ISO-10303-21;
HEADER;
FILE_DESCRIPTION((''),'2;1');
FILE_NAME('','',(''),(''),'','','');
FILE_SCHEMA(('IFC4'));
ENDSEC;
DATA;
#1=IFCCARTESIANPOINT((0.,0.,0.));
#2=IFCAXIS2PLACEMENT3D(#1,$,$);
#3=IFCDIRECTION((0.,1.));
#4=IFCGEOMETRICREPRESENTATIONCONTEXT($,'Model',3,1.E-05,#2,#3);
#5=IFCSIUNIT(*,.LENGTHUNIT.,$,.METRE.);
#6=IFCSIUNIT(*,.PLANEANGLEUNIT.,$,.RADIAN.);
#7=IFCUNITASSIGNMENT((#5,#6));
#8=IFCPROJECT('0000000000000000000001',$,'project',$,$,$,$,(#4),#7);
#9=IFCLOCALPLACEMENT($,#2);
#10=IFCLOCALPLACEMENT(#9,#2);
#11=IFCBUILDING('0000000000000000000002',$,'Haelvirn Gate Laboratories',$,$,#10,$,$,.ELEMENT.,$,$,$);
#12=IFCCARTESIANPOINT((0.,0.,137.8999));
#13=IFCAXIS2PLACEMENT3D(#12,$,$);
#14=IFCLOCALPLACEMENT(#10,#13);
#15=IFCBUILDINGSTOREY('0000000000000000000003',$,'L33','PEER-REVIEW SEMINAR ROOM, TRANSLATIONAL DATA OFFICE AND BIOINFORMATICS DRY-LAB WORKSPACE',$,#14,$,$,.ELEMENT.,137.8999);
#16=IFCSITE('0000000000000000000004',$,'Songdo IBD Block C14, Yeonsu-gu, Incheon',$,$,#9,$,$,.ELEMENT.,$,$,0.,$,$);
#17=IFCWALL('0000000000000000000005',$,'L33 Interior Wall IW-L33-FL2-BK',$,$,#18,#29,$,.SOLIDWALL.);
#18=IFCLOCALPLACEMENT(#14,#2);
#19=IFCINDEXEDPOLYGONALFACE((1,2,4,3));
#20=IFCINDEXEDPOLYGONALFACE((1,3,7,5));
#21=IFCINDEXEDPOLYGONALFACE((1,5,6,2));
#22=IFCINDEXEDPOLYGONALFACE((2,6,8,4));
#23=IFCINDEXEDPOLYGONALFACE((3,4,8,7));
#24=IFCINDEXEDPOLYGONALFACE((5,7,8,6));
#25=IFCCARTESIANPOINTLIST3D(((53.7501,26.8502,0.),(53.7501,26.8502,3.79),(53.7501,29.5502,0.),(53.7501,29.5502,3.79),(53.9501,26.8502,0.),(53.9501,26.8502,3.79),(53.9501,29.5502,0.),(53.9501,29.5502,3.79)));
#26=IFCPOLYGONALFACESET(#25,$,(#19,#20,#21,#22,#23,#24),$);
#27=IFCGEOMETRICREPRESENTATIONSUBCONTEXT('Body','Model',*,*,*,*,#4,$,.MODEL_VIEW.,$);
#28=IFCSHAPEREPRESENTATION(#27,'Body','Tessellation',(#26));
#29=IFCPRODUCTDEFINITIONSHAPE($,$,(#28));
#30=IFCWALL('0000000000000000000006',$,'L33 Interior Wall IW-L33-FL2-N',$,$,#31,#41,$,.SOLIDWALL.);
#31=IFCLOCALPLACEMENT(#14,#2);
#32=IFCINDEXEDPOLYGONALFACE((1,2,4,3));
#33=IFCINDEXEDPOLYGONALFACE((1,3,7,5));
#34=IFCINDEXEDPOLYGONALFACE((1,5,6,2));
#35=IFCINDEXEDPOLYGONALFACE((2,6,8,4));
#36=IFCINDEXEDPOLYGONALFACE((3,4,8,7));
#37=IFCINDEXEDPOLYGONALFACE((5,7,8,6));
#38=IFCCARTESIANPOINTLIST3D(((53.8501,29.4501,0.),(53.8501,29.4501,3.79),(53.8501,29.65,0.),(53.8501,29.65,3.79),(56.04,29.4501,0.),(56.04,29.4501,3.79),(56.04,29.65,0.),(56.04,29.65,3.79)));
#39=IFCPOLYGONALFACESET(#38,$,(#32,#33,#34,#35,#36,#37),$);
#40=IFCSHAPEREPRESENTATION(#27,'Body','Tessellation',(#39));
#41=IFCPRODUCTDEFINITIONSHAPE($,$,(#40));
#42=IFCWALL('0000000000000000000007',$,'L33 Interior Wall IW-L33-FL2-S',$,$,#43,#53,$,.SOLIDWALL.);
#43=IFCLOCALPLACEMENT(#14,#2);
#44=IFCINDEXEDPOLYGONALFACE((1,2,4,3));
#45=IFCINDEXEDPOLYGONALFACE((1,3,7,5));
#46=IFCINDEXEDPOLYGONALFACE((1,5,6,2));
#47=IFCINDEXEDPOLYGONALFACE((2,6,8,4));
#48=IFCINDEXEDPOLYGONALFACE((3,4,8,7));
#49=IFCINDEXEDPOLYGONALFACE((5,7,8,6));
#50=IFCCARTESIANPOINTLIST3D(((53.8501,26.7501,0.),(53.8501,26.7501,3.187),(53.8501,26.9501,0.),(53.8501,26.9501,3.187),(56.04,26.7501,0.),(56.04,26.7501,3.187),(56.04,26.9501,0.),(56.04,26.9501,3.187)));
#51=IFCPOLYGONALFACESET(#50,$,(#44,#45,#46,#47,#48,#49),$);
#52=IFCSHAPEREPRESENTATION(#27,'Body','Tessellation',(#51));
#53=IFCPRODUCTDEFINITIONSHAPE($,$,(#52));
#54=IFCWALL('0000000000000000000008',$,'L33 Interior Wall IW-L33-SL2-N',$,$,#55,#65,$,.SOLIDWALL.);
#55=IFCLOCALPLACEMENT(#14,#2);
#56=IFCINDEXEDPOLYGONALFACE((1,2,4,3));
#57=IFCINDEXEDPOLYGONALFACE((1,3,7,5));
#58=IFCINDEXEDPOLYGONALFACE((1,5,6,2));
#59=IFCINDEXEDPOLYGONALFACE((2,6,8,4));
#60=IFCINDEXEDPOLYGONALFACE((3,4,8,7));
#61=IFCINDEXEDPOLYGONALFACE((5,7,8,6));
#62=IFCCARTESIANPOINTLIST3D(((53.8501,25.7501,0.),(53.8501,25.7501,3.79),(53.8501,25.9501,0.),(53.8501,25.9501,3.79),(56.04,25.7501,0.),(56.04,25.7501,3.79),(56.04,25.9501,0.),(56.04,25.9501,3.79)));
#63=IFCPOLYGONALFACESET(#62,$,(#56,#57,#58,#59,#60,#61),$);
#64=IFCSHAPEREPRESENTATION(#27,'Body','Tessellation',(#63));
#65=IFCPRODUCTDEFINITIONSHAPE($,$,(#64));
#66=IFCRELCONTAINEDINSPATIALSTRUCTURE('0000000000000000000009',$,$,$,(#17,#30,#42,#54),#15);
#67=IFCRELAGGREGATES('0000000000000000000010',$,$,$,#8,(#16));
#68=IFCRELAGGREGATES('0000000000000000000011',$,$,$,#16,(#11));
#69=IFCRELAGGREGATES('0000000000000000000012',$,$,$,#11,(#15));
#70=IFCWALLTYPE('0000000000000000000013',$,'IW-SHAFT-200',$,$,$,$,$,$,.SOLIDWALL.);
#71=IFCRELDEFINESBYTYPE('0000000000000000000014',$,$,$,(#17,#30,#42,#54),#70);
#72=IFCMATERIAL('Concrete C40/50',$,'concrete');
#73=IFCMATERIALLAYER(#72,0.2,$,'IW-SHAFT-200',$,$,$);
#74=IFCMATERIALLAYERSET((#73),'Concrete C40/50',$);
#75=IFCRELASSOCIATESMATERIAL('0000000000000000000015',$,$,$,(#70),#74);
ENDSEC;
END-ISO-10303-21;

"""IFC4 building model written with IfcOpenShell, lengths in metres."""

from ifc_helpers import new_model, si_unit, direction, frame, frame_2d, origin, place, context, subcontext, project, spatial, rectangle, extrude, material, layer, layer_set, type_object, element, save


model = new_model("IFC4")

# Units and contexts
model_context = context("Model", 3, precision=1e-05, world=origin(), true_north=direction((0.0, 1.0)))
body_context = subcontext(model_context, "Body", "Model", "MODEL_VIEW")
ifc_project = project(units=[si_unit("LENGTHUNIT", "METRE"), si_unit("PLANEANGLEUNIT", "RADIAN")], contexts=[model_context])

# Site, building, storey
site_placement = place(None, origin())
site = spatial("IfcSite", under=ifc_project, at=site_placement, Name="Songdo IBD Block C14, Yeonsu-gu, Incheon", CompositionType="ELEMENT", RefElevation=0.0)
building_placement = place(site_placement, origin())
building = spatial("IfcBuilding", under=site, at=building_placement, Name="Haelvirn Gate Laboratories", CompositionType="ELEMENT")
storey_placement = place(building_placement, frame((0.0, 0.0, 137.8999)))
storey = spatial("IfcBuildingStorey", under=building, at=storey_placement, Name="L33", Description="PEER-REVIEW SEMINAR ROOM, TRANSLATIONAL DATA OFFICE AND BIOINFORMATICS DRY-LAB WORKSPACE", CompositionType="ELEMENT", Elevation=137.8999)

# Walls
ifc_material_1 = material(Name="Concrete C40/50", Category="concrete")
ifc_layer_1 = layer(ifc_material_1, 0.2, Name="IW-SHAFT-200")
ifc_layer_set_1 = layer_set([ifc_layer_1], Name="Concrete C40/50")
wall_type_1 = type_object("IfcWallType", Name="IW-SHAFT-200", PredefinedType="SOLIDWALL", material=ifc_layer_set_1)
wall_1_placement = place(storey_placement, frame((53.8501, 26.8501, 0.0), z_axis=(0.0, 0.0, 1.0), x_axis=(0.0, 1.0, 0.0)))
element("IfcWall", 1, at=wall_1_placement, inside=storey, type_object=wall_type_1, Name="L33 Interior Wall IW-L33-FL2-BK", PredefinedType="SOLIDWALL", context=body_context, shape_type="SweptSolid", body=[
    extrude(rectangle(XDim=2.7, YDim=0.2, at=frame_2d((1.3501, 0.0))), origin(), (0.0, 0.0, 1.0), 3.79),
])
wall_2_placement = place(storey_placement, frame((53.8501, 29.55, 0.0), z_axis=(0.0, 0.0, 1.0), x_axis=(1.0, 0.0, 0.0)))
element("IfcWall", 2, at=wall_2_placement, inside=storey, type_object=wall_type_1, Name="L33 Interior Wall IW-L33-FL2-N", PredefinedType="SOLIDWALL", context=body_context, shape_type="SweptSolid", body=[
    extrude(rectangle(XDim=2.1899, YDim=0.2, at=frame_2d((1.095, 0.0))), origin(), (0.0, 0.0, 1.0), 3.79),
])
wall_3_placement = place(storey_placement, frame((53.8501, 26.8501, 0.0), z_axis=(0.0, 0.0, 1.0), x_axis=(1.0, 0.0, 0.0)))
element("IfcWall", 3, at=wall_3_placement, inside=storey, type_object=wall_type_1, Name="L33 Interior Wall IW-L33-FL2-S", PredefinedType="SOLIDWALL", context=body_context, shape_type="SweptSolid", body=[
    extrude(rectangle(XDim=2.1899, YDim=0.2, at=frame_2d((1.095, 0.0))), origin(), (0.0, 0.0, 1.0), 3.187),
])
wall_4_placement = place(storey_placement, frame((53.8501, 25.8501, 0.0), z_axis=(0.0, 0.0, 1.0), x_axis=(1.0, 0.0, 0.0)))
element("IfcWall", 4, at=wall_4_placement, inside=storey, type_object=wall_type_1, Name="L33 Interior Wall IW-L33-SL2-N", PredefinedType="SOLIDWALL", context=body_context, shape_type="SweptSolid", body=[
    extrude(rectangle(XDim=2.1899, YDim=0.2, at=frame_2d((1.095, 0.0))), origin(), (0.0, 0.0, 1.0), 3.79),
])

save(model, "model.ifc")
